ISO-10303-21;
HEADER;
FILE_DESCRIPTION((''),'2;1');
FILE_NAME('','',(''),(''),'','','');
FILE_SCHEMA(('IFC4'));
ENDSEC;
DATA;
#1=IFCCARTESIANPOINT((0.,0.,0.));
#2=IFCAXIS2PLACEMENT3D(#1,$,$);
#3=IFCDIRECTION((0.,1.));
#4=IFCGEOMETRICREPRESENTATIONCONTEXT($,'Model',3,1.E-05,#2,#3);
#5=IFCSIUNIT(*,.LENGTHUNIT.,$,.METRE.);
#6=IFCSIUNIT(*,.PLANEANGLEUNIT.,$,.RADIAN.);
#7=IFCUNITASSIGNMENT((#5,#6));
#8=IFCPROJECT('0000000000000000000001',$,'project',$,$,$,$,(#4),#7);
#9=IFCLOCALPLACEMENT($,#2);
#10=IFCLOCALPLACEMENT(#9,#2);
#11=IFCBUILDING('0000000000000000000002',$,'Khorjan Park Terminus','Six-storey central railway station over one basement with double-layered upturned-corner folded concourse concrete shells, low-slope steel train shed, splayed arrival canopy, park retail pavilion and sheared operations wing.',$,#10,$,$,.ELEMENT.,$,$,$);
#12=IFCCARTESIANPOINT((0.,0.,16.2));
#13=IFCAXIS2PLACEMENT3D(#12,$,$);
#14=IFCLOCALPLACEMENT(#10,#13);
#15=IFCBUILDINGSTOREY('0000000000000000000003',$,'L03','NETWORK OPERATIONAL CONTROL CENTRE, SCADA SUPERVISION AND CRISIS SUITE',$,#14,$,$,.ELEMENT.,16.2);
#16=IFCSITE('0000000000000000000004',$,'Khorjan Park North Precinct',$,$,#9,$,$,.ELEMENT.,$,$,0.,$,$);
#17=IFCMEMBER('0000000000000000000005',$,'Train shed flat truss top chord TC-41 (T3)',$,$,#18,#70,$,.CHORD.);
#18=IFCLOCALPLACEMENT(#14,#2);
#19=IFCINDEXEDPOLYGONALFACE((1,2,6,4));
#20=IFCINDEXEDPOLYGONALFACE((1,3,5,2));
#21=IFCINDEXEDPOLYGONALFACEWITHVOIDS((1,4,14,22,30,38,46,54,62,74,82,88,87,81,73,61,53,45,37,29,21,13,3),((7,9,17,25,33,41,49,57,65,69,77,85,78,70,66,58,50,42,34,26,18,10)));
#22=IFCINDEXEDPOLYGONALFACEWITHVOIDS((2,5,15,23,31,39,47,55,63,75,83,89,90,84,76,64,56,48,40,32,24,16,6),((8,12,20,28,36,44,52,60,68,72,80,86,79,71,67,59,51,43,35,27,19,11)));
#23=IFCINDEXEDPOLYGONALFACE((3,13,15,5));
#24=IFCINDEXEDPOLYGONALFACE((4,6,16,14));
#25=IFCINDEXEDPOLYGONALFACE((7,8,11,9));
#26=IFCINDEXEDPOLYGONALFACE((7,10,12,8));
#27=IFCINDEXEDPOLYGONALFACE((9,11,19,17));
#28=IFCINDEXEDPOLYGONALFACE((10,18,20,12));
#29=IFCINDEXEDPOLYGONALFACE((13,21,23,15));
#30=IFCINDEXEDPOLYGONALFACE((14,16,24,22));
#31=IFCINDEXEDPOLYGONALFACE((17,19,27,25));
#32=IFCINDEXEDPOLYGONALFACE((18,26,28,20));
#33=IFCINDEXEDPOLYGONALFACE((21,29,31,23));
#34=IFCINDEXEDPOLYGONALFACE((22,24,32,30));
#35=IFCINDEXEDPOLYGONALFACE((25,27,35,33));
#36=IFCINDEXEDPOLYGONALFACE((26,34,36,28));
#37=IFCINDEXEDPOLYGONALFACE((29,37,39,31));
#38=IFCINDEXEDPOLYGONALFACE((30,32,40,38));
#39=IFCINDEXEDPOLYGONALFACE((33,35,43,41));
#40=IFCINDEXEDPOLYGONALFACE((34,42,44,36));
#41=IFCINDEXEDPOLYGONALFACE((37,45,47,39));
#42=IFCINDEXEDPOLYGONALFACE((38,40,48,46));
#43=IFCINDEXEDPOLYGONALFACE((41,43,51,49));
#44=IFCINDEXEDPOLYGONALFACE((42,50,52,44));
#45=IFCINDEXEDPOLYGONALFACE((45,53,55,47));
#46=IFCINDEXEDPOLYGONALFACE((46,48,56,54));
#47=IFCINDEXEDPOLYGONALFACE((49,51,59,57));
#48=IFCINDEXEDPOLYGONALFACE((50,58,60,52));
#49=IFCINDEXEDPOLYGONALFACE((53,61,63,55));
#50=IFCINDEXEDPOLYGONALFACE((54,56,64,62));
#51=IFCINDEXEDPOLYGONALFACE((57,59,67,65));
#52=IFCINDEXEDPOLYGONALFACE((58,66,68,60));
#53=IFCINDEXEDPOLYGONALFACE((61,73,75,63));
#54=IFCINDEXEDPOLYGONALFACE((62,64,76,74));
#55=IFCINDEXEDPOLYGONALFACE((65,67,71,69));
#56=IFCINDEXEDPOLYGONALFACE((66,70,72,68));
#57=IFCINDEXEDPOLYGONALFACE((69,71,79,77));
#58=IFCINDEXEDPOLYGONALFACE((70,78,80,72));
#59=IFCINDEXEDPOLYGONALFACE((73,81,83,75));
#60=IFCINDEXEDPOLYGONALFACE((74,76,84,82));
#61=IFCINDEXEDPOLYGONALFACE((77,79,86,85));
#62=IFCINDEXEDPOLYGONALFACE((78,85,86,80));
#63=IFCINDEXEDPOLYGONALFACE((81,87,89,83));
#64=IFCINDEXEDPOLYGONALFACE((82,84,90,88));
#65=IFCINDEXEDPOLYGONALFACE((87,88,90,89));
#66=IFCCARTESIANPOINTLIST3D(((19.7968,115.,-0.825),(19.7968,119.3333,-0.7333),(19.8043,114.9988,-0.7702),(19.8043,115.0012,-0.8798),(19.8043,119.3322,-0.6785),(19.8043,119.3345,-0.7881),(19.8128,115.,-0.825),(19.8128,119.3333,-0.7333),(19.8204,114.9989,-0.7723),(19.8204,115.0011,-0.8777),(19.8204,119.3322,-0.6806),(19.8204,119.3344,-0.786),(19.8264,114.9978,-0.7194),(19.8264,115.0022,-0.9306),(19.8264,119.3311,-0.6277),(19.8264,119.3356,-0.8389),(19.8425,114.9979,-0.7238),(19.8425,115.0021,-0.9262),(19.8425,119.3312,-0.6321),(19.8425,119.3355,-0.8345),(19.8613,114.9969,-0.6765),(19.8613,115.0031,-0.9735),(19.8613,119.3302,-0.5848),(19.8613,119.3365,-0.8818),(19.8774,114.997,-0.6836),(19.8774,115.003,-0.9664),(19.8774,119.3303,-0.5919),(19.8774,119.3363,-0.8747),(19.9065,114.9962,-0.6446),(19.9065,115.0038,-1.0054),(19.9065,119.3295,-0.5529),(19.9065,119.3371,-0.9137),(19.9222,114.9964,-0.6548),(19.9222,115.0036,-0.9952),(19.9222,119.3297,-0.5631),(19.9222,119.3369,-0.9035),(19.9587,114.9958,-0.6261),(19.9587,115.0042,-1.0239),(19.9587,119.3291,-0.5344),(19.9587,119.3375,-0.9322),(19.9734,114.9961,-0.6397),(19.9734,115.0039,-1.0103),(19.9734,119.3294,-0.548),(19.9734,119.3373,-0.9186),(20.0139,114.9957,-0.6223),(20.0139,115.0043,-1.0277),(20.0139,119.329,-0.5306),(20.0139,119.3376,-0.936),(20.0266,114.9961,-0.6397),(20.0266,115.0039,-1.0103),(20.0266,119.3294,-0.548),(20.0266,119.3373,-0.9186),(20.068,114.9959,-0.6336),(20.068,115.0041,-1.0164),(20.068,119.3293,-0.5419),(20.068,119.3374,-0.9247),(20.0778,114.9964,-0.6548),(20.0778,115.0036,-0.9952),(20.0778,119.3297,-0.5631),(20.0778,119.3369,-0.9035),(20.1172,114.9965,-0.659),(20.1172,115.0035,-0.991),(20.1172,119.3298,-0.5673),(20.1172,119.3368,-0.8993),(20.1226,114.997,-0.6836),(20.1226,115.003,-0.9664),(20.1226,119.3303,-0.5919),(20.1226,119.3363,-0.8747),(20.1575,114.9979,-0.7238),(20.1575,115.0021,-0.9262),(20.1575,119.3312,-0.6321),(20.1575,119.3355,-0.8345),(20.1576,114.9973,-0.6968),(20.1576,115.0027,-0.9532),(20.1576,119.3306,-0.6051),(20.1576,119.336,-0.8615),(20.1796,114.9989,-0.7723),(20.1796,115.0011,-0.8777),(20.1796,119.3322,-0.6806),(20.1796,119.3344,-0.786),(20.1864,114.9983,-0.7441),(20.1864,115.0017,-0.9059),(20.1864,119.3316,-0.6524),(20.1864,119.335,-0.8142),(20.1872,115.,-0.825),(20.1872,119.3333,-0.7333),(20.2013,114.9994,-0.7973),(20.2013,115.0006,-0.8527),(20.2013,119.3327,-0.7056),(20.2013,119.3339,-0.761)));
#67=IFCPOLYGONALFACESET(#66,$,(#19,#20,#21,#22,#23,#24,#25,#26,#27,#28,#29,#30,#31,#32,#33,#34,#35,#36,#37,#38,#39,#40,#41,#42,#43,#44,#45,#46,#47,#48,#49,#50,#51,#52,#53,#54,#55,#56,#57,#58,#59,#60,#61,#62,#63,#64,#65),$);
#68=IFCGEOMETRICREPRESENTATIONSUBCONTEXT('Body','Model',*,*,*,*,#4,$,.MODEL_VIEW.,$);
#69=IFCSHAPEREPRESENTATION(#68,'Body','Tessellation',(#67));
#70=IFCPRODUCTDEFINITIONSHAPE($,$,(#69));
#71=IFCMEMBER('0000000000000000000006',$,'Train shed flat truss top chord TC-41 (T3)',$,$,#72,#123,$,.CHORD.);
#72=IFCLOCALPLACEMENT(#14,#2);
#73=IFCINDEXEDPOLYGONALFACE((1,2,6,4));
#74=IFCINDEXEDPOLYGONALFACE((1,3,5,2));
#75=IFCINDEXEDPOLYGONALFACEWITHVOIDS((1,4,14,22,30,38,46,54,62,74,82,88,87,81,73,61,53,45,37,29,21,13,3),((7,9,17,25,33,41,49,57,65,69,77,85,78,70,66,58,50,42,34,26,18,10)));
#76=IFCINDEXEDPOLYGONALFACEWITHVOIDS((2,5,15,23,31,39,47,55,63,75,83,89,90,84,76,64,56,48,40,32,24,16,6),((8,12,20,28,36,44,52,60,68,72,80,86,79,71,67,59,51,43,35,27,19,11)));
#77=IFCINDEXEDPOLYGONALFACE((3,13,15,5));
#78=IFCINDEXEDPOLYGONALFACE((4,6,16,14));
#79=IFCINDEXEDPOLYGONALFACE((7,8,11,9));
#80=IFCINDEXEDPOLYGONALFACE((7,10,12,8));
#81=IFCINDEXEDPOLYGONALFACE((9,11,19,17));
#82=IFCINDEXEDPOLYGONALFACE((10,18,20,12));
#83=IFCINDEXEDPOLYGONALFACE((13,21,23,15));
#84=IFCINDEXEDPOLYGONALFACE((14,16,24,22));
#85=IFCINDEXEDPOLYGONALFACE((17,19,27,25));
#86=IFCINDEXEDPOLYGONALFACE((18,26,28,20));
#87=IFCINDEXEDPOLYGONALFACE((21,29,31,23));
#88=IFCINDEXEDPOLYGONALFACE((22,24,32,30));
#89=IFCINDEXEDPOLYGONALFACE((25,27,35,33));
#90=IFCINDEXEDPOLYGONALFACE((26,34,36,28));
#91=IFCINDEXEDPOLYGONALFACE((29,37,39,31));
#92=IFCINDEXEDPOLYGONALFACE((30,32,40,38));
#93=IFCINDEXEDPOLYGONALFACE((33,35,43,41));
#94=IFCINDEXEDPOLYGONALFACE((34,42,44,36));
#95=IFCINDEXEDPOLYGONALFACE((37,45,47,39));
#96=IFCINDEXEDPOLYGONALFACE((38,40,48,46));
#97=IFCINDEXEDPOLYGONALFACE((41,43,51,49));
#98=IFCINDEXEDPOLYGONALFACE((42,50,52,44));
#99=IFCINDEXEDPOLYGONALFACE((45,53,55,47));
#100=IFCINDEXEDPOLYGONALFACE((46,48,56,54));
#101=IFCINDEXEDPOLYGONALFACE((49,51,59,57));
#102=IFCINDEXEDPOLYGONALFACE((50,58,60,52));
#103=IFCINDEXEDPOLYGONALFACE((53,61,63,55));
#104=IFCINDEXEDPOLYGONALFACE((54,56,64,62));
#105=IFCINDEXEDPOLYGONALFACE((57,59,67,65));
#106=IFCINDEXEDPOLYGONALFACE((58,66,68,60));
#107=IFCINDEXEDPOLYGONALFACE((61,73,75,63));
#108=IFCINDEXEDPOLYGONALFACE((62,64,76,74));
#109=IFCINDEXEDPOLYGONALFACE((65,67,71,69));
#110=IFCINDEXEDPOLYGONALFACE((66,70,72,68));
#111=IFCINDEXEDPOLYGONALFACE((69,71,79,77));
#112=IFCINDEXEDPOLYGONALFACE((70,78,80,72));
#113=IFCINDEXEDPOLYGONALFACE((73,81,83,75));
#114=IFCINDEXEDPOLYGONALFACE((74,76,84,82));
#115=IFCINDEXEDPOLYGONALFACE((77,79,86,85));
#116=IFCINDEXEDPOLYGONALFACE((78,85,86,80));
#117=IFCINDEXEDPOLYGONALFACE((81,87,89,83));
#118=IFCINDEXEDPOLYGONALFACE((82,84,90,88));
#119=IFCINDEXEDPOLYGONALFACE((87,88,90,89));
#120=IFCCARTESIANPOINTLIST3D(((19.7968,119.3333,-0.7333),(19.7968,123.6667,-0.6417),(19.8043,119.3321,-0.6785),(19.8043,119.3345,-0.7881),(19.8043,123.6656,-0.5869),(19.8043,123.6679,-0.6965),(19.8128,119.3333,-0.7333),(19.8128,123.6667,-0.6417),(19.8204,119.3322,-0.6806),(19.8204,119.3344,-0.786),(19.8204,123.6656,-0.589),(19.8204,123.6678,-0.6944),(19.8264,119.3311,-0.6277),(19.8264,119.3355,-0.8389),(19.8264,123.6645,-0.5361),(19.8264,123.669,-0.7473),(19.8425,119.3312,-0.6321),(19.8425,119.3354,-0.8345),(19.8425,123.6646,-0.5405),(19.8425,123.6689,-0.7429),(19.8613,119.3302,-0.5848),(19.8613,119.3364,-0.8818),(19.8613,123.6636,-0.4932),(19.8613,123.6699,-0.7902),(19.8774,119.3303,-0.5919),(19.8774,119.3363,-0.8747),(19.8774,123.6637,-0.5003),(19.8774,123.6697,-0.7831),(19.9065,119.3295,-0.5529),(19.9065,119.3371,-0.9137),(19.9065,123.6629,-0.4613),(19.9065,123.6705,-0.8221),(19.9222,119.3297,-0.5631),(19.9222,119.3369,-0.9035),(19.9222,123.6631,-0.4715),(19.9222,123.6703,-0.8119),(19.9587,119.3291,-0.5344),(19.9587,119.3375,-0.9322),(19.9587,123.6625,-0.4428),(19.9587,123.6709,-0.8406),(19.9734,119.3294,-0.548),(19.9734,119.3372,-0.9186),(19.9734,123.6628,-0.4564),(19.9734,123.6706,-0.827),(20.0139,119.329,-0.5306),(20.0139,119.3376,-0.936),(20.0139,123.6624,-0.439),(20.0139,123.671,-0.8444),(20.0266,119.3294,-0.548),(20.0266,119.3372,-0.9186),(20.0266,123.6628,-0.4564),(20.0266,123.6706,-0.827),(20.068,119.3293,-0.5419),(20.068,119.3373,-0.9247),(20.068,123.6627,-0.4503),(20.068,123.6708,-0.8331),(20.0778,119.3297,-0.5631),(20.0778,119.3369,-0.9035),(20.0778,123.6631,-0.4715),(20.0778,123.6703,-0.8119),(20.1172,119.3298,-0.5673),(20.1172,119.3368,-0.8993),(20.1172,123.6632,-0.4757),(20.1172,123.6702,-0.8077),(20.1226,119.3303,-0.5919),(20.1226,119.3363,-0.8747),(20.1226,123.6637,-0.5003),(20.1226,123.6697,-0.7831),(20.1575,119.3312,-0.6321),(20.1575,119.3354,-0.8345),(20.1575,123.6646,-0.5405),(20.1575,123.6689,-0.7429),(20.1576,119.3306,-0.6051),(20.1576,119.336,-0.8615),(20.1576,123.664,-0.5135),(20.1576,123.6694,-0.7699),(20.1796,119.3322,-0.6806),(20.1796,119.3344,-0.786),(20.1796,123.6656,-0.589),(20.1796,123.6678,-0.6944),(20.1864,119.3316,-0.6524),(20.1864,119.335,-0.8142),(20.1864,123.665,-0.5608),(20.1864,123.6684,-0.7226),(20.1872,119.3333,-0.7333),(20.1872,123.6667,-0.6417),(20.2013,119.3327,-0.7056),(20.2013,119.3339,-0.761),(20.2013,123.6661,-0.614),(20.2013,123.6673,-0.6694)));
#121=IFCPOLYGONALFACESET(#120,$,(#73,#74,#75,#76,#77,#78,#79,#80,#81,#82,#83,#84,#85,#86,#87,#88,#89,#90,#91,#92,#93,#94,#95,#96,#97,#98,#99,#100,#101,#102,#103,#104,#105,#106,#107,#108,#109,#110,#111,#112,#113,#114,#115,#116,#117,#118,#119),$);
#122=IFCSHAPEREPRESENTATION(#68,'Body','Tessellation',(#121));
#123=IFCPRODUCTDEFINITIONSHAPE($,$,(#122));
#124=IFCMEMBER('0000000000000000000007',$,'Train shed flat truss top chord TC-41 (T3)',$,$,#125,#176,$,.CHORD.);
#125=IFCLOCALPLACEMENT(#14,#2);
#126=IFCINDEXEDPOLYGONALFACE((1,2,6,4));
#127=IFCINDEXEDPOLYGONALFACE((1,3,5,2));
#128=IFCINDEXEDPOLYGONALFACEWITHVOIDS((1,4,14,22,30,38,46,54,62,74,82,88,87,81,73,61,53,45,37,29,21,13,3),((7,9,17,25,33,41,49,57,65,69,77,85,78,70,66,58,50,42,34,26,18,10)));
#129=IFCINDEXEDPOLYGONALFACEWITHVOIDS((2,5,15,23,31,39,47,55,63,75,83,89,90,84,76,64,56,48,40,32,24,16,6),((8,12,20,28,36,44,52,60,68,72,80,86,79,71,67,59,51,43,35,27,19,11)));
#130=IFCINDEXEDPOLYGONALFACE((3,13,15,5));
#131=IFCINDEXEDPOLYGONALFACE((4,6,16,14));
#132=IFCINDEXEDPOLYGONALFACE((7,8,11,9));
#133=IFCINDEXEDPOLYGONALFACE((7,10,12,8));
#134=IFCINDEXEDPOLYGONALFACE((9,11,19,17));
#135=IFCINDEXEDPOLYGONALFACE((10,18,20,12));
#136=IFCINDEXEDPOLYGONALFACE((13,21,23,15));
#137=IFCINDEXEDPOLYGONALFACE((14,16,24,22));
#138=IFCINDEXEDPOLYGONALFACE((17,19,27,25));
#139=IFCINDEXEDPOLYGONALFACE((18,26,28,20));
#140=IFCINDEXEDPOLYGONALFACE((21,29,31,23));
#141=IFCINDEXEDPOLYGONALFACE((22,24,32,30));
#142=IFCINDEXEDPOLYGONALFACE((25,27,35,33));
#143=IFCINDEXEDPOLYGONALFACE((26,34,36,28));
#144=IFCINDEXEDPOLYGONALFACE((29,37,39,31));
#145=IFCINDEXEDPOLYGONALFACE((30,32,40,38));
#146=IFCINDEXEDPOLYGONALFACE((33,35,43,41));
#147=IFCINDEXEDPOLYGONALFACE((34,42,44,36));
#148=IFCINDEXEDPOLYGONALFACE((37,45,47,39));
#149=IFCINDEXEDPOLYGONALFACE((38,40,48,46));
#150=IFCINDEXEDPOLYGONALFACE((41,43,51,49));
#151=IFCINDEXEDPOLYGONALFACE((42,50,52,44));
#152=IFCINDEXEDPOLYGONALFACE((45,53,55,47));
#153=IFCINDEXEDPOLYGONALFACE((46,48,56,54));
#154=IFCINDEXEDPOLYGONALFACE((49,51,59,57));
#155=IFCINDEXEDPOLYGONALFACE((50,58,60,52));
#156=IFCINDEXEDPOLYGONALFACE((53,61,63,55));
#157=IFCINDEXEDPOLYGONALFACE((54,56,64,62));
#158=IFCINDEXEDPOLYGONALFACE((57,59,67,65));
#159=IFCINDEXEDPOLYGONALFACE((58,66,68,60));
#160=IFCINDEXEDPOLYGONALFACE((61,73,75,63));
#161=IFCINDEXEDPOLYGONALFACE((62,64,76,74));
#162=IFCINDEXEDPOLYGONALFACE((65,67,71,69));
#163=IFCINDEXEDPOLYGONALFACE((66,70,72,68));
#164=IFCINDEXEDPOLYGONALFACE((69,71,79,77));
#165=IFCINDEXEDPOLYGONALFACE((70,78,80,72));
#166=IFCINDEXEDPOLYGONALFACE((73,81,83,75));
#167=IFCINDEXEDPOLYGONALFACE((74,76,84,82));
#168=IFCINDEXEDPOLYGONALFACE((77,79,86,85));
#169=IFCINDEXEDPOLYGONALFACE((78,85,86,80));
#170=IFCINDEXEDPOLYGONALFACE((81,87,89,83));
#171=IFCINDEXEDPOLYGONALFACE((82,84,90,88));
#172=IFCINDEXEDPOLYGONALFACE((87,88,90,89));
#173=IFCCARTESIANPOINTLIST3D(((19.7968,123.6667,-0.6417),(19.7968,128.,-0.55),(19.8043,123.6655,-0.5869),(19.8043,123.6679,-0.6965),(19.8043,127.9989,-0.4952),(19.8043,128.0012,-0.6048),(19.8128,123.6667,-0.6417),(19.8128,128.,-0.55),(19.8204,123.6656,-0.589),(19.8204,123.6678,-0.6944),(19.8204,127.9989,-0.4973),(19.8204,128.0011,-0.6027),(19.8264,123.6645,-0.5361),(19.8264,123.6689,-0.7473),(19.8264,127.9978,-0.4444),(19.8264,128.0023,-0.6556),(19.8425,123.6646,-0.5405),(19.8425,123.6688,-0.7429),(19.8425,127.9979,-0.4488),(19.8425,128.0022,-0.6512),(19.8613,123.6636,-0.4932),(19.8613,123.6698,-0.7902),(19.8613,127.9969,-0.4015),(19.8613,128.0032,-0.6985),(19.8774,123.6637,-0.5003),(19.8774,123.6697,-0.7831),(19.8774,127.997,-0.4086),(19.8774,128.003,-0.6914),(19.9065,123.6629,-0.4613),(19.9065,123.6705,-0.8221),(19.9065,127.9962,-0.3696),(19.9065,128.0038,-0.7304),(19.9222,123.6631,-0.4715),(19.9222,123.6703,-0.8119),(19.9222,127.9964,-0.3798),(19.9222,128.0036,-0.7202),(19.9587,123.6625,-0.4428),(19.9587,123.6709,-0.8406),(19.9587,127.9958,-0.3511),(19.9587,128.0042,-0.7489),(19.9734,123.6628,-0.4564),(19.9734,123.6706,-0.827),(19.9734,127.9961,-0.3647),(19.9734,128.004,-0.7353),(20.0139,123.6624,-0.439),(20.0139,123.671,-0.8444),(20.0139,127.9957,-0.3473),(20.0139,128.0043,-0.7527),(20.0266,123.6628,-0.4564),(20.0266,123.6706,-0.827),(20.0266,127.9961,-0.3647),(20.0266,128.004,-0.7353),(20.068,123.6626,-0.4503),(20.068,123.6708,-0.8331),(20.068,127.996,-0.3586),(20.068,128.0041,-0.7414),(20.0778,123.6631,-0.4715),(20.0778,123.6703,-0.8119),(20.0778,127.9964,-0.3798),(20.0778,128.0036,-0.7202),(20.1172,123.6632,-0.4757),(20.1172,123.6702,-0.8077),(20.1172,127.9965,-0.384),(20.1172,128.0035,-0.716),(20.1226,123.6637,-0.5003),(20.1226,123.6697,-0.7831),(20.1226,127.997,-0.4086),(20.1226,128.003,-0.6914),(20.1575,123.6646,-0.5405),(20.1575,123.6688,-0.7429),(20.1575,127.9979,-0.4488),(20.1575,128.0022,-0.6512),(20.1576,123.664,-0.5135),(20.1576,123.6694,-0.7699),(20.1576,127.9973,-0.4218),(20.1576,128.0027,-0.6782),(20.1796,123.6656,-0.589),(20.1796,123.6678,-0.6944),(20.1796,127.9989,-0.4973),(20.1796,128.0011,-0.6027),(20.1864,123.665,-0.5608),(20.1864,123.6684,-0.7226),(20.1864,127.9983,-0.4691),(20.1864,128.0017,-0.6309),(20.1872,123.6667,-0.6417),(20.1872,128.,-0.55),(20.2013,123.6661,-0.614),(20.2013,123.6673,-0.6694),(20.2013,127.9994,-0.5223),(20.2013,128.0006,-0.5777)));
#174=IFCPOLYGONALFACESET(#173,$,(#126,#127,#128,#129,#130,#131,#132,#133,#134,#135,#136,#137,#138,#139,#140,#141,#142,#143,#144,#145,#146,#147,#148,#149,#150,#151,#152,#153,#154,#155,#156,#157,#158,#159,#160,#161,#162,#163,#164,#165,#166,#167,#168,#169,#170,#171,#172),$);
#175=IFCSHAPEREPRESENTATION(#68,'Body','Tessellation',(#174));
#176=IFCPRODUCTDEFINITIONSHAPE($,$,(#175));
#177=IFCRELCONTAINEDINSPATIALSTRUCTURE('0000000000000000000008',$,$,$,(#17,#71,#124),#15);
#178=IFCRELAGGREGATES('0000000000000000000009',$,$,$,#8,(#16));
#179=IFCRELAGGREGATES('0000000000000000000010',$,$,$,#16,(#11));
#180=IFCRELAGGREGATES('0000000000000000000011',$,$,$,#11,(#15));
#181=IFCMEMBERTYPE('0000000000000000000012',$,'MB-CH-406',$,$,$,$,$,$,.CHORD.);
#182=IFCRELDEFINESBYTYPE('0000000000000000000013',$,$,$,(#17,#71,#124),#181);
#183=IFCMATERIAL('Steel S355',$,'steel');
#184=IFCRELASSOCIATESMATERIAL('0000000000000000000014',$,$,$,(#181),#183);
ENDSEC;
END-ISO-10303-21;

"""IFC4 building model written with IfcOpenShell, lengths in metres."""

from ifc_helpers import new_model, si_unit, direction, frame, origin, origin_2d, place, context, subcontext, project, spatial, hollow_circle, extrude, material, material_profile, profile_set, type_object, element, save


model = new_model("IFC4")

# Units and contexts
model_context = context("Model", 3, precision=1e-05, world=origin(), true_north=direction((0.0, 1.0)))
body_context = subcontext(model_context, "Body", "Model", "MODEL_VIEW")
ifc_project = project(units=[si_unit("LENGTHUNIT", "METRE"), si_unit("PLANEANGLEUNIT", "RADIAN")], contexts=[model_context])

# Site, building, storey
site_placement = place(None, origin())
site = spatial("IfcSite", under=ifc_project, at=site_placement, Name="Khorjan Park North Precinct", CompositionType="ELEMENT", RefElevation=0.0)
building_placement = place(site_placement, origin())
building = spatial("IfcBuilding", under=site, at=building_placement, Name="Khorjan Park Terminus", Description="Six-storey central railway station over one basement with double-layered upturned-corner folded concourse concrete shells, low-slope steel train shed, splayed arrival canopy, park retail pavilion and sheared operations wing.", CompositionType="ELEMENT")
storey_placement = place(building_placement, frame((0.0, 0.0, 16.2)))
storey = spatial("IfcBuildingStorey", under=building, at=storey_placement, Name="L03", Description="NETWORK OPERATIONAL CONTROL CENTRE, SCADA SUPERVISION AND CRISIS SUITE", CompositionType="ELEMENT", Elevation=16.2)

# Members
ifc_material = material(Name="Steel S355", Category="steel")
ifc_material_profile_1 = material_profile(ifc_material, hollow_circle(Radius=0.2032, WallThickness=0.016, at=origin_2d()), Name="CHS 406.4x16")
ifc_profile_set_1 = profile_set([ifc_material_profile_1], Name="Steel S355")
member_type_1 = type_object("IfcMemberType", Name="MB-CH-406", PredefinedType="CHORD", material=ifc_profile_set_1)
member_1_placement = place(storey_placement, frame((20.0, 115.0, -0.825), z_axis=(0.0, 0.999776, 0.021157), x_axis=(-1.0, 0.0, 0.0)))
element("IfcMember", 1, at=member_1_placement, inside=storey, type_object=member_type_1, Name="Train shed flat truss top chord TC-41 (T3)", PredefinedType="CHORD", context=body_context, shape_type="SweptSolid", body=[
    extrude(hollow_circle(Radius=0.2032, WallThickness=0.016, at=origin_2d()), origin(), (0.0, 0.0, 1.0), 4.3343),
])
member_2_placement = place(storey_placement, frame((20.0, 119.3333, -0.7333), z_axis=(0.0, 0.999777, 0.021133), x_axis=(-1.0, 0.0, 0.0)))
element("IfcMember", 2, at=member_2_placement, inside=storey, type_object=member_type_1, Name="Train shed flat truss top chord TC-41 (T3)", PredefinedType="CHORD", context=body_context, shape_type="SweptSolid", body=[
    extrude(hollow_circle(Radius=0.2032, WallThickness=0.016, at=origin_2d()), origin(), (0.0, 0.0, 1.0), 4.3344),
])
member_3_placement = place(storey_placement, frame((20.0, 123.6667, -0.6417), z_axis=(0.0, 0.999776, 0.021157), x_axis=(-1.0, 0.0, 0.0)))
element("IfcMember", 3, at=member_3_placement, inside=storey, type_object=member_type_1, Name="Train shed flat truss top chord TC-41 (T3)", PredefinedType="CHORD", context=body_context, shape_type="SweptSolid", body=[
    extrude(hollow_circle(Radius=0.2032, WallThickness=0.016, at=origin_2d()), origin(), (0.0, 0.0, 1.0), 4.3343),
])

save(model, "model.ifc")
